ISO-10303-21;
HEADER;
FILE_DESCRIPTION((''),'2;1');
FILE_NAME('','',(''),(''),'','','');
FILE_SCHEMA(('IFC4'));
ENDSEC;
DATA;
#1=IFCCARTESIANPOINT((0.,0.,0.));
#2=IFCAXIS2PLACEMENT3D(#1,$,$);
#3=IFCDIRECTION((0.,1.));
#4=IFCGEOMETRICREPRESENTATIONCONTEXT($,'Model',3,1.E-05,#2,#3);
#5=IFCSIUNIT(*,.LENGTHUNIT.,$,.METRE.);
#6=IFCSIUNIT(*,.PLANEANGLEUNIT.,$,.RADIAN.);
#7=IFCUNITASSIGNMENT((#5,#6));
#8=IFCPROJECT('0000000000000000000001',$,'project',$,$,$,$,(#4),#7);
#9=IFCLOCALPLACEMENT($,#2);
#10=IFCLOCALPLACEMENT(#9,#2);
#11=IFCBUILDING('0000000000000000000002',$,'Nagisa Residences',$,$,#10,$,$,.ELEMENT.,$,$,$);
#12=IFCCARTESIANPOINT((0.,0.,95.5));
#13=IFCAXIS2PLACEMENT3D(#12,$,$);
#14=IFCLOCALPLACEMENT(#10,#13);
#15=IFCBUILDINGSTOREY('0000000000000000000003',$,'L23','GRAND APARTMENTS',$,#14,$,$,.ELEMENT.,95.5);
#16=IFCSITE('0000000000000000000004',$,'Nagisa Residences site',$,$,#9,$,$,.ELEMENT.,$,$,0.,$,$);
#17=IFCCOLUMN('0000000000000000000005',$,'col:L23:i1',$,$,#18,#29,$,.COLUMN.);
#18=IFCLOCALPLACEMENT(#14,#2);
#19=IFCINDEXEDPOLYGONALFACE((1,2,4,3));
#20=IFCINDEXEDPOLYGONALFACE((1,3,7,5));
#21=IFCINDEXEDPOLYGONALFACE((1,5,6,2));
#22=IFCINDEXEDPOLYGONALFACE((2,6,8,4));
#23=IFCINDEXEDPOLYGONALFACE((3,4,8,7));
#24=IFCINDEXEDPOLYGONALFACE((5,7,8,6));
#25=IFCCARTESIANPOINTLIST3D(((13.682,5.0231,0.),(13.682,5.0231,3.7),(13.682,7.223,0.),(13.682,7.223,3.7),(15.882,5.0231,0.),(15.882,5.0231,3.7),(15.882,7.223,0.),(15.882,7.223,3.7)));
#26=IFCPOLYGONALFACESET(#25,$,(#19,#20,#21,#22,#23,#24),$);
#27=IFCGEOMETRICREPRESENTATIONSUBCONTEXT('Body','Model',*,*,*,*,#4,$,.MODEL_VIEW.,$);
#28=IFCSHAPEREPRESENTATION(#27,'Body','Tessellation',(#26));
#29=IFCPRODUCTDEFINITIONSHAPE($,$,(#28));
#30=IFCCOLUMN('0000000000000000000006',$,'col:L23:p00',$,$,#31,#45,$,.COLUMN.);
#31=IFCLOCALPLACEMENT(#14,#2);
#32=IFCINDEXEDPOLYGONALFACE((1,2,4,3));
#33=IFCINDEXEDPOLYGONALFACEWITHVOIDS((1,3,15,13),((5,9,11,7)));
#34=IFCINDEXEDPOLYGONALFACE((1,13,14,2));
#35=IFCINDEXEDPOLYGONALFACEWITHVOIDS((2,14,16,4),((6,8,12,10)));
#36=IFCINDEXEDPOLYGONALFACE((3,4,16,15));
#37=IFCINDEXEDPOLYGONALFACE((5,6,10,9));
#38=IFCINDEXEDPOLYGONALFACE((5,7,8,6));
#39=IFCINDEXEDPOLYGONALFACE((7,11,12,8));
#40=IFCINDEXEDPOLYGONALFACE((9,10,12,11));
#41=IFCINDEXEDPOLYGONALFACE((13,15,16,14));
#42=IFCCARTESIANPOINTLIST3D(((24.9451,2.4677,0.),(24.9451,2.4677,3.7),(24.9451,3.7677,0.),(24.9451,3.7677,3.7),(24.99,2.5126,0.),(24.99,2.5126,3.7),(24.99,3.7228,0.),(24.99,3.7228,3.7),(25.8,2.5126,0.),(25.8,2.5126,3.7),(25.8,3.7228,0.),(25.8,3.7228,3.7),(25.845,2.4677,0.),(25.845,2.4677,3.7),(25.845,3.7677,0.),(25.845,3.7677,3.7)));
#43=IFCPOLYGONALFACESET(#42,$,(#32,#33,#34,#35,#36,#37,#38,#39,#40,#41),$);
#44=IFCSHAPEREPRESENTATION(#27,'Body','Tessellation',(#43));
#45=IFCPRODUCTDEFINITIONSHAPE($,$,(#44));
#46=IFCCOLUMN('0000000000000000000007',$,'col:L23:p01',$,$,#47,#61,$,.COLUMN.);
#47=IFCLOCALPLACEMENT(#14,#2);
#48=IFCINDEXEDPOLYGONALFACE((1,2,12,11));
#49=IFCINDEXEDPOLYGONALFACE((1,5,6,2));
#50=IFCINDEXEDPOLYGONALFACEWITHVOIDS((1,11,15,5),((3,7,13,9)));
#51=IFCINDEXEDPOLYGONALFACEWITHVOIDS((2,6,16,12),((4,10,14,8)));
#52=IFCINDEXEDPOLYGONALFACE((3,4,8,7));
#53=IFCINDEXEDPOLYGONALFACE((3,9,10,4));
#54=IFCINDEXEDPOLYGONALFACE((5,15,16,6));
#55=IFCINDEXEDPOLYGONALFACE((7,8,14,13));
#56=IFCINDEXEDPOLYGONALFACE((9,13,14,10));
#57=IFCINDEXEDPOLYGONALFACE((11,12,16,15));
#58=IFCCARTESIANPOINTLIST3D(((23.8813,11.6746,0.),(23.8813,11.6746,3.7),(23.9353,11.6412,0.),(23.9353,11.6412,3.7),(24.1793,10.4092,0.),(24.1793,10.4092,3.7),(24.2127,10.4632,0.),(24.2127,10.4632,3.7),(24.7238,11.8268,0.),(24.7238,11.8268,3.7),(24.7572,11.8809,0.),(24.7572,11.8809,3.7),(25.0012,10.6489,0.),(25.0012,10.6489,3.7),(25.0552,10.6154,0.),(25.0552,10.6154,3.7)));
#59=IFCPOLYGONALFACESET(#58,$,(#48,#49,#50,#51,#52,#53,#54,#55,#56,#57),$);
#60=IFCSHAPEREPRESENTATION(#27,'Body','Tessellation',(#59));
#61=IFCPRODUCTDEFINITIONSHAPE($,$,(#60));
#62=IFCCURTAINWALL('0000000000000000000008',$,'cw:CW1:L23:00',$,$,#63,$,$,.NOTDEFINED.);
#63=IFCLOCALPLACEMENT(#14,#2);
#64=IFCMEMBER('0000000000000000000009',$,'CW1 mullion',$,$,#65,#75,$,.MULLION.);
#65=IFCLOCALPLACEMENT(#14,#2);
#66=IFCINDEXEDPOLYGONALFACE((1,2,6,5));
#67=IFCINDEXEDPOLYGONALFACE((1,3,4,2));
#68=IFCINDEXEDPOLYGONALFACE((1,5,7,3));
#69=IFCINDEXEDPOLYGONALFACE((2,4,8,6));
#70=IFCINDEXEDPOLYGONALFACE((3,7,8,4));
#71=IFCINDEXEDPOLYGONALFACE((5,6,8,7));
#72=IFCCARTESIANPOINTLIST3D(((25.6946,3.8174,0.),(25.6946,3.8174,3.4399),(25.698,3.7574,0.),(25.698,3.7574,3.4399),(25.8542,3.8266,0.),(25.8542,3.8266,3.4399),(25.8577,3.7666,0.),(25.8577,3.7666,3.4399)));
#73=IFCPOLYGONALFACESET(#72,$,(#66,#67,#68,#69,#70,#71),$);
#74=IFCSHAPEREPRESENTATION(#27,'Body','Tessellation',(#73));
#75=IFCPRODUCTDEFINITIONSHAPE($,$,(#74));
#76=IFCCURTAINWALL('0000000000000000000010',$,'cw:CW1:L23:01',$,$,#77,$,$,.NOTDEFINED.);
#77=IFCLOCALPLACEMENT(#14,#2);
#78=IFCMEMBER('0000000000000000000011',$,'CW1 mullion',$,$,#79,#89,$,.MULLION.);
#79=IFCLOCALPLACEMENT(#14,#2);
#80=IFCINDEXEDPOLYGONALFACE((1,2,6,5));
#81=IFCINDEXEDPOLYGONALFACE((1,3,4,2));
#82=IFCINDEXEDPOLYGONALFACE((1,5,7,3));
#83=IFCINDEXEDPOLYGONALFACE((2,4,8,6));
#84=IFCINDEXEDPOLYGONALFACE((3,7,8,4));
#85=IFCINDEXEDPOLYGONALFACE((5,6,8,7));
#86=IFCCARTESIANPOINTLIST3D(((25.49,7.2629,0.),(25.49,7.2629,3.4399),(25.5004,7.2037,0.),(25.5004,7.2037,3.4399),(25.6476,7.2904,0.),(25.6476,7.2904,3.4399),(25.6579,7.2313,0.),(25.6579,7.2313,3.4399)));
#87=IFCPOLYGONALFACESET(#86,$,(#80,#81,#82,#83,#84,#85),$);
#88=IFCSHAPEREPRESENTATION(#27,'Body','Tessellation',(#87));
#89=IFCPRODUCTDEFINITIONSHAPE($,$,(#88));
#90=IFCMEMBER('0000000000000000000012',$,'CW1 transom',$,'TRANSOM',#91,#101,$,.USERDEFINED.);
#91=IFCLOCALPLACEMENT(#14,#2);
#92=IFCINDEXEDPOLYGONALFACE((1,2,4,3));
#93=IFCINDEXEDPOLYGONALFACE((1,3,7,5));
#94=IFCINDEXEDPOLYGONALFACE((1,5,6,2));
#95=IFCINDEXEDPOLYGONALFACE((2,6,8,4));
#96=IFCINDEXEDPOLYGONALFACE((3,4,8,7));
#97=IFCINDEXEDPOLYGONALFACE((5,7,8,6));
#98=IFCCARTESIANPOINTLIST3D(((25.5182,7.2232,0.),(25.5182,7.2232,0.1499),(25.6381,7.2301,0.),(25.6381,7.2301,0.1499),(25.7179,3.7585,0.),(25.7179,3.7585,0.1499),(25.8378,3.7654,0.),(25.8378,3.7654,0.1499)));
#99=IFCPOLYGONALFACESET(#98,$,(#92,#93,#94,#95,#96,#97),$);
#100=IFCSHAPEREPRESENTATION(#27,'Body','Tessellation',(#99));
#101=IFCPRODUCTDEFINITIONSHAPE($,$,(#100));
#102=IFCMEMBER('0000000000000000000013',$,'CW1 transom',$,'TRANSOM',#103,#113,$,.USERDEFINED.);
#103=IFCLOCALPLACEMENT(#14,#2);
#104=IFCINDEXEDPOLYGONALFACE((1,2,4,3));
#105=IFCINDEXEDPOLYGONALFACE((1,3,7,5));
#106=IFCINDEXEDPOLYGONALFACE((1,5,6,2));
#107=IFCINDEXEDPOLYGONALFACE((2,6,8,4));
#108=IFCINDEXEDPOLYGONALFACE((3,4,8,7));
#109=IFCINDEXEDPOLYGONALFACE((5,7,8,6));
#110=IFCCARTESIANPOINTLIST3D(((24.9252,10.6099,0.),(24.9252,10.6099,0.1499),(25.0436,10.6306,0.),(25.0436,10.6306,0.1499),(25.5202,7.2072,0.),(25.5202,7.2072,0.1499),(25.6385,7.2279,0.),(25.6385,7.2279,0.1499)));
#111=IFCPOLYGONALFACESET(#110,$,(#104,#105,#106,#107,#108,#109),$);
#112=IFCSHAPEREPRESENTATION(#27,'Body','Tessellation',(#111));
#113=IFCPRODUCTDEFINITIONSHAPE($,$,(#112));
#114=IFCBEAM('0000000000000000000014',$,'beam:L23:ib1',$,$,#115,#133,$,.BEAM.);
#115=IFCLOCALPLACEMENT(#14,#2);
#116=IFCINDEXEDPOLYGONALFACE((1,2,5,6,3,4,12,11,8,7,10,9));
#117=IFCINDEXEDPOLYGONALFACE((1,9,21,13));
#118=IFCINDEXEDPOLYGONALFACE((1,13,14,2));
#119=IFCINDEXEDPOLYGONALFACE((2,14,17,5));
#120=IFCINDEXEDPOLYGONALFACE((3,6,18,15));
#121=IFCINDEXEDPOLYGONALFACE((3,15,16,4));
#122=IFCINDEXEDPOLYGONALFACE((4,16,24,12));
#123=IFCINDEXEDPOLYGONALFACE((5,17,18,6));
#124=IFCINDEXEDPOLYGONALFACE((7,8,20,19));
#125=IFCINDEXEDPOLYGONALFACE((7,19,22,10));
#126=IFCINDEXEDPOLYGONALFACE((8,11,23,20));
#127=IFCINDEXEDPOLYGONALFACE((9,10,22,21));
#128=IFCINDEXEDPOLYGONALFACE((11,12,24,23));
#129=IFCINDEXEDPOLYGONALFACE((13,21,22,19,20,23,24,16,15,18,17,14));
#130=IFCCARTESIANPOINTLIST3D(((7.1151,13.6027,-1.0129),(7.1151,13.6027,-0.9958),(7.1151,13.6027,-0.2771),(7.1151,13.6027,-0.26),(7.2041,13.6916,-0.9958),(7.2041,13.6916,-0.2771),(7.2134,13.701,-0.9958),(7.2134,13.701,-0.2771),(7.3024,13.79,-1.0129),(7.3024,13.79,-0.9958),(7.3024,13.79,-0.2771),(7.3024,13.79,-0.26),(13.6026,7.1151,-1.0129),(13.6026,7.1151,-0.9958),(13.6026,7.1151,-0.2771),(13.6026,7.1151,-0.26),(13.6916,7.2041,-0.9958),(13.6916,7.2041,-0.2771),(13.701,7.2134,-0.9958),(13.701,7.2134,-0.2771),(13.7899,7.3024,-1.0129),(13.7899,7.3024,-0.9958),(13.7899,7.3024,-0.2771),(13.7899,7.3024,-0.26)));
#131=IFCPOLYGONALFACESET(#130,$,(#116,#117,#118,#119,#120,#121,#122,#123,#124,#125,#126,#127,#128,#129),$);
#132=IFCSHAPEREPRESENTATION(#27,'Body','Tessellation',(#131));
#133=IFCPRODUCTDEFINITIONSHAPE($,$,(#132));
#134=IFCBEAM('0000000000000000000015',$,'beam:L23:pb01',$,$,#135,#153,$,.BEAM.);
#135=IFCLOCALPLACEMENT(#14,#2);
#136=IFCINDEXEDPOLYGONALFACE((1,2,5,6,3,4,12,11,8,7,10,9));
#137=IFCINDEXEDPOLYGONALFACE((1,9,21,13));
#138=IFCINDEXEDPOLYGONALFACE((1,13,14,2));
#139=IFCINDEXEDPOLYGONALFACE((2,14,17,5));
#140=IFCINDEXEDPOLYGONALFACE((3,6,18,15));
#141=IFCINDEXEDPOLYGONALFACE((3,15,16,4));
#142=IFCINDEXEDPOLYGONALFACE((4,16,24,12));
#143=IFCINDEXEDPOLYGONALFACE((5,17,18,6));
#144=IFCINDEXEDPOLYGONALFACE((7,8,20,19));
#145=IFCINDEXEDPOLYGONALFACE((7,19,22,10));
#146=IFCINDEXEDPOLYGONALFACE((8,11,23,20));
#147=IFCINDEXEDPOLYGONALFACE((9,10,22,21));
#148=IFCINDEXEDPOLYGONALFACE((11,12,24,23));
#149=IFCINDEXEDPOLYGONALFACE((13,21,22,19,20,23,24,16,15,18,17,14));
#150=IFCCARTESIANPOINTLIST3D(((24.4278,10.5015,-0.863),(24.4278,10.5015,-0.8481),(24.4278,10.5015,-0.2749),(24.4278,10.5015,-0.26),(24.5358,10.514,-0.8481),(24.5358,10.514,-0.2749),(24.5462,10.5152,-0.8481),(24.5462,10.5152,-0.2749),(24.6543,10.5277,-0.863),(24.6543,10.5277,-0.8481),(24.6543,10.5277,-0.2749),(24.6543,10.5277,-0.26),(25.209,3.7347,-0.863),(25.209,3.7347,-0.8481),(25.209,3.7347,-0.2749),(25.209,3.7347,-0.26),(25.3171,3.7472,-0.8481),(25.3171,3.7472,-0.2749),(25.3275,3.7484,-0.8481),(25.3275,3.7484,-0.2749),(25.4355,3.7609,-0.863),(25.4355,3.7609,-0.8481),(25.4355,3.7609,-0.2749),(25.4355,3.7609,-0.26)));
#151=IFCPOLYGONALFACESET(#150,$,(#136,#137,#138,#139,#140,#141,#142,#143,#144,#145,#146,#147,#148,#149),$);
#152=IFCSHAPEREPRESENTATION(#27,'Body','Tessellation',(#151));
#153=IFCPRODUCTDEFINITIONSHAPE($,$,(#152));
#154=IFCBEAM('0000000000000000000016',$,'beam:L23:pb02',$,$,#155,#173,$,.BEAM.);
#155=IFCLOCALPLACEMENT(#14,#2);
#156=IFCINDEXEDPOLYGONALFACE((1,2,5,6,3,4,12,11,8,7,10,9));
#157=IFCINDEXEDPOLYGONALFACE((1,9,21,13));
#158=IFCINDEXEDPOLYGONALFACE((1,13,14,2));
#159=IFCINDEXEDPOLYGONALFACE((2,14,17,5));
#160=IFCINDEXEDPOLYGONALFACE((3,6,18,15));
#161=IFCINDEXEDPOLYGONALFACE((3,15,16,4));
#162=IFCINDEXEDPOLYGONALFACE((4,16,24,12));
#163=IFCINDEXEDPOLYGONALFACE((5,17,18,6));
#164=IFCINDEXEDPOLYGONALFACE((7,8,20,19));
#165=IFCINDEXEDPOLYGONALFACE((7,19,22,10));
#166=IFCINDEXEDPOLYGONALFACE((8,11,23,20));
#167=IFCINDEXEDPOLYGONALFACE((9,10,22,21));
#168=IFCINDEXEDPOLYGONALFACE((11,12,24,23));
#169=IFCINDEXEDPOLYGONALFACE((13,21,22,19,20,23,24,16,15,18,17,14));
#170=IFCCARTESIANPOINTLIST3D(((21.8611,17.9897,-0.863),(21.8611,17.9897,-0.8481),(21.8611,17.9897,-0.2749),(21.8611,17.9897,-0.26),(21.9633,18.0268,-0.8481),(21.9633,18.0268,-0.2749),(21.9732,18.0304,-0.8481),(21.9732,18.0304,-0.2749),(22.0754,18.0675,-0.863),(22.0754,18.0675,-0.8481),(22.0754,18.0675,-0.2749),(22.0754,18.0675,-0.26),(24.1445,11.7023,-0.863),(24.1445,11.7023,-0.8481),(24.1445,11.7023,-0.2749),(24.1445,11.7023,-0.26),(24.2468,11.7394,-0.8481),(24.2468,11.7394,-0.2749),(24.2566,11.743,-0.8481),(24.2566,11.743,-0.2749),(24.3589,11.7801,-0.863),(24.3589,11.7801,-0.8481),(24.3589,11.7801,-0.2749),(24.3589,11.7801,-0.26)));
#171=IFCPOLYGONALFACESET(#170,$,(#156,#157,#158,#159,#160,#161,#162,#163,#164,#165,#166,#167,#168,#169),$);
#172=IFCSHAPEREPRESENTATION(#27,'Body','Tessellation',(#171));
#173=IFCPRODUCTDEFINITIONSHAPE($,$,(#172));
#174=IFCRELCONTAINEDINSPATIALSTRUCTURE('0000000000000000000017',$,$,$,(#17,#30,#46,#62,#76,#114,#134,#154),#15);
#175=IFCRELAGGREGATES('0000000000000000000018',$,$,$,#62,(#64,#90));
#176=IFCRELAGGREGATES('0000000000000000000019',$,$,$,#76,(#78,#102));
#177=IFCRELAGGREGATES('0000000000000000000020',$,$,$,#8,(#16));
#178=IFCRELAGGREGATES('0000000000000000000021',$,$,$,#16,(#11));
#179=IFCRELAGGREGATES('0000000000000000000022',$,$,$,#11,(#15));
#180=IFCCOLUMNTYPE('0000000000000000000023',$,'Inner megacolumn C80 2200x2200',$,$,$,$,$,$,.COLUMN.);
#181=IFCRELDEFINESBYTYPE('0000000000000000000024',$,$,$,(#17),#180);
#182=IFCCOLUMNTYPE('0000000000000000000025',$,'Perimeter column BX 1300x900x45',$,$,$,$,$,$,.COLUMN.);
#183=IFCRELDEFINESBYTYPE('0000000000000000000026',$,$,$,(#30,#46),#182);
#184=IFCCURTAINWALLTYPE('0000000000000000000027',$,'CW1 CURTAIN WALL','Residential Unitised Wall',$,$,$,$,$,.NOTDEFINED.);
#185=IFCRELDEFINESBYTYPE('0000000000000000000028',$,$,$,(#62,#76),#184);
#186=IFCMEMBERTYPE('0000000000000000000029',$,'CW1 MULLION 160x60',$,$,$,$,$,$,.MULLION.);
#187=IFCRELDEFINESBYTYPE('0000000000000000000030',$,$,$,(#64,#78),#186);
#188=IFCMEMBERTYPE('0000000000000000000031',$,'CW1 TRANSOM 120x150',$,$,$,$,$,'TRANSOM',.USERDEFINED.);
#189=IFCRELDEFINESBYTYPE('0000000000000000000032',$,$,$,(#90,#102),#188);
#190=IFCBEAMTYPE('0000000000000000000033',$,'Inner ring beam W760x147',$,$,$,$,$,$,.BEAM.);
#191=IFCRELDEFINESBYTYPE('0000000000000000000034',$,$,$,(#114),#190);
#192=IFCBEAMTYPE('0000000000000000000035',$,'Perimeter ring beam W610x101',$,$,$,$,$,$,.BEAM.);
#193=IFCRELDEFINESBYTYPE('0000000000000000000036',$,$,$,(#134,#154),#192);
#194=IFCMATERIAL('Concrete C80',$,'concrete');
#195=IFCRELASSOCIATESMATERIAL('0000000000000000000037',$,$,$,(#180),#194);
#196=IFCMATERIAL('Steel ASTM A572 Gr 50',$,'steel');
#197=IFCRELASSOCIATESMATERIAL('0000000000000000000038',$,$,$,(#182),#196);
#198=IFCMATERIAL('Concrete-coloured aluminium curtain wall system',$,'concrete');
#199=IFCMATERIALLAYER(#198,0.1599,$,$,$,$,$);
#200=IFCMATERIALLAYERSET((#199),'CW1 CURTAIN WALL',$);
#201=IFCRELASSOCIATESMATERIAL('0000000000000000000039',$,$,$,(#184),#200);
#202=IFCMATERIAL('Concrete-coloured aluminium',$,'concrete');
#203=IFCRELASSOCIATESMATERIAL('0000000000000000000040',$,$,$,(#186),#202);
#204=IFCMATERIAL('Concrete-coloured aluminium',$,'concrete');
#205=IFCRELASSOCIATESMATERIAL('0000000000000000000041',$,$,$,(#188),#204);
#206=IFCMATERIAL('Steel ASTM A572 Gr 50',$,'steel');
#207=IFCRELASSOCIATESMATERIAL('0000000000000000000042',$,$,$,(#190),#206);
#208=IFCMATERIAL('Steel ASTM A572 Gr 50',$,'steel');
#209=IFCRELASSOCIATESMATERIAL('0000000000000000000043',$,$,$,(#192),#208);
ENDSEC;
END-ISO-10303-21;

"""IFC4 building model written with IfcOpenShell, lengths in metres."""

from ifc_helpers import new_model, si_unit, direction, frame, origin, origin_2d, place, context, subcontext, project, spatial, rectangle, hollow_rectangle, i_section, extrude, material, layer, layer_set, material_profile, profile_set, type_object, element, aggregate, save


model = new_model("IFC4")

# Units and contexts
model_context = context("Model", 3, precision=1e-05, world=origin(), true_north=direction((0.0, 1.0)))
body_context = subcontext(model_context, "Body", "Model", "MODEL_VIEW")
ifc_project = project(units=[si_unit("LENGTHUNIT", "METRE"), si_unit("PLANEANGLEUNIT", "RADIAN")], contexts=[model_context])

# Site, building, storey
site_placement = place(None, origin())
site = spatial("IfcSite", under=ifc_project, at=site_placement, Name="Nagisa Residences site", CompositionType="ELEMENT", RefElevation=0.0)
building_placement = place(site_placement, origin())
building = spatial("IfcBuilding", under=site, at=building_placement, Name="Nagisa Residences", CompositionType="ELEMENT")
storey_placement = place(building_placement, frame((0.0, 0.0, 95.5)))
storey = spatial("IfcBuildingStorey", under=building, at=storey_placement, Name="L23", Description="GRAND APARTMENTS", CompositionType="ELEMENT", Elevation=95.5)

# Columns
ifc_material_1 = material(Name="Concrete C80", Category="concrete")
ifc_material_profile_1 = material_profile(ifc_material_1, rectangle(XDim=2.2, YDim=2.2, at=origin_2d()), Name="C80 2200x2200")
ifc_profile_set_1 = profile_set([ifc_material_profile_1], Name="Concrete C80")
column_type_1 = type_object("IfcColumnType", Name="Inner megacolumn C80 2200x2200", PredefinedType="COLUMN", material=ifc_profile_set_1)
column_placement = place(storey_placement, frame((14.782, 6.123, 0.0), z_axis=(0.0, 0.0, 1.0), x_axis=(1.0, 0.0, 0.0)))
element("IfcColumn", 1, at=column_placement, inside=storey, type_object=column_type_1, Name="col:L23:i1", PredefinedType="COLUMN", context=body_context, shape_type="SweptSolid", body=[
    extrude(rectangle(XDim=2.2, YDim=2.2, at=origin_2d()), origin(), (0.0, 0.0, 1.0), 3.7),
])
ifc_material_2 = material(Name="Steel ASTM A572 Gr 50", Category="steel")
ifc_material_profile_2 = material_profile(ifc_material_2, hollow_rectangle(XDim=1.3, YDim=0.8999, WallThickness=0.0449, at=origin_2d()), Name="BX 1300x900x45")
ifc_profile_set_2 = profile_set([ifc_material_profile_2], Name="Steel ASTM A572 Gr 50")
column_type_2 = type_object("IfcColumnType", Name="Perimeter column BX 1300x900x45", PredefinedType="COLUMN", material=ifc_profile_set_2)
for number, where, z_axis, x_axis, name in (
    (2, (25.395, 3.1177, 0.0), (0.0, 0.0, 1.0), (0.0, 1.0, 0.0), "col:L23:p00"),
    (3, (24.4683, 11.145, 0.0), (0.0, 0.0, 1.0), (-0.229202, 0.973379, 0.0), "col:L23:p01"),
):
    element("IfcColumn", number, at=place(storey_placement, frame(where, z_axis=z_axis, x_axis=x_axis)), inside=storey, type_object=column_type_2, Name=name, PredefinedType="COLUMN", context=body_context, shape_type="SweptSolid", body=[
        extrude(hollow_rectangle(XDim=1.3, YDim=0.8999, WallThickness=0.0449, at=origin_2d()), origin(), (0.0, 0.0, 1.0), 3.7),
    ])

# Curtain walls, members
ifc_material_3 = material(Name="Concrete-coloured aluminium curtain wall system", Category="concrete")
ifc_layer_1 = layer(ifc_material_3, 0.1599)
ifc_layer_set_1 = layer_set([ifc_layer_1], Name="CW1 CURTAIN WALL")
curtain_wall_type = type_object("IfcCurtainWallType", Name="CW1 CURTAIN WALL", Description="Residential Unitised Wall", PredefinedType="NOTDEFINED", material=ifc_layer_set_1)
curtain_wall_1_placement = place(storey_placement, origin())
curtain_wall_1 = element("IfcCurtainWall", 4, at=curtain_wall_1_placement, inside=storey, type_object=curtain_wall_type, Name="cw:CW1:L23:00", PredefinedType="NOTDEFINED")
ifc_material_4 = material(Name="Concrete-coloured aluminium", Category="concrete")
ifc_material_profile_3 = material_profile(ifc_material_4, rectangle(XDim=0.1599, YDim=0.0601, at=origin_2d()), Name="CW1 MULLION 160x60")
ifc_profile_set_3 = profile_set([ifc_material_profile_3], Name="Concrete-coloured aluminium")
member_type_1 = type_object("IfcMemberType", Name="CW1 MULLION 160x60", PredefinedType="MULLION", material=ifc_profile_set_3)
member_1_placement = place(storey_placement, frame((25.7761, 3.792, 0.0), z_axis=(0.0, 0.0, 1.0), x_axis=(-0.998345, -0.057503, 0.0)))
member_1 = element("IfcMember", 5, at=member_1_placement, type_object=member_type_1, Name="CW1 mullion", PredefinedType="MULLION", context=body_context, shape_type="SweptSolid", body=[
    extrude(rectangle(XDim=0.1599, YDim=0.0601, at=origin_2d()), origin(), (0.0, 0.0, 1.0), 3.4399),
])
curtain_wall_2_placement = place(storey_placement, origin())
curtain_wall_2 = element("IfcCurtainWall", 6, at=curtain_wall_2_placement, inside=storey, type_object=curtain_wall_type, Name="cw:CW1:L23:01", PredefinedType="NOTDEFINED")
member_2_placement = place(storey_placement, frame((25.574, 7.2471, 0.0), z_axis=(0.0, 0.0, 1.0), x_axis=(-0.985064, -0.172191, 0.0)))
member_2 = element("IfcMember", 7, at=member_2_placement, type_object=member_type_1, Name="CW1 mullion", PredefinedType="MULLION", context=body_context, shape_type="SweptSolid", body=[
    extrude(rectangle(XDim=0.1599, YDim=0.0601, at=origin_2d()), origin(), (0.0, 0.0, 1.0), 3.4399),
])

# Members
ifc_material_5 = material(Name="Concrete-coloured aluminium", Category="concrete")
ifc_material_profile_4 = material_profile(ifc_material_5, rectangle(XDim=0.1201, YDim=0.1499, at=origin_2d()), Name="CW1 TRANSOM 120x150")
ifc_profile_set_4 = profile_set([ifc_material_profile_4], Name="Concrete-coloured aluminium")
member_type_2 = type_object("IfcMemberType", Name="CW1 TRANSOM 120x150", ElementType="TRANSOM", PredefinedType="USERDEFINED", material=ifc_profile_set_4)
member_3_placement = place(storey_placement, frame((25.7778, 3.762, 0.075), z_axis=(-0.057547, 0.998343, 0.0), x_axis=(-0.998343, -0.057547, 0.0)))
member_3 = element("IfcMember", 8, at=member_3_placement, type_object=member_type_2, Name="CW1 transom", ObjectType="TRANSOM", PredefinedType="USERDEFINED", context=body_context, shape_type="SweptSolid", body=[
    extrude(rectangle(XDim=0.1201, YDim=0.1499, at=origin_2d()), origin(), (0.0, 0.0, 1.0), 3.4705),
])
member_4_placement = place(storey_placement, frame((25.5793, 7.2175, 0.075), z_axis=(-0.172233, 0.985056, 0.0), x_axis=(-0.985056, -0.172233, 0.0)))
member_4 = element("IfcMember", 9, at=member_4_placement, type_object=member_type_2, Name="CW1 transom", ObjectType="TRANSOM", PredefinedType="USERDEFINED", context=body_context, shape_type="SweptSolid", body=[
    extrude(rectangle(XDim=0.1201, YDim=0.1499, at=origin_2d()), origin(), (0.0, 0.0, 1.0), 3.4543),
])

# Beams
ifc_material_6 = material(Name="Steel ASTM A572 Gr 50", Category="steel")
ifc_material_profile_5 = material_profile(ifc_material_6, i_section(OverallWidth=0.2649, OverallDepth=0.7529, WebThickness=0.0132, FlangeThickness=0.0171, at=origin_2d()), Name="W760x147")
ifc_profile_set_5 = profile_set([ifc_material_profile_5], Name="Steel ASTM A572 Gr 50")
beam_type_1 = type_object("IfcBeamType", Name="Inner ring beam W760x147", PredefinedType="BEAM", material=ifc_profile_set_5)
beam_1_placement = place(storey_placement, frame((13.6963, 7.2087, -0.6365), z_axis=(-0.707107, 0.707107, 0.0), x_axis=(-0.707107, -0.707107, 0.0)))
element("IfcBeam", 10, at=beam_1_placement, inside=storey, type_object=beam_type_1, Name="beam:L23:ib1", PredefinedType="BEAM", context=body_context, shape_type="SweptSolid", body=[
    extrude(i_section(OverallWidth=0.2649, OverallDepth=0.7529, WebThickness=0.0132, FlangeThickness=0.0171, at=origin_2d()), origin(), (0.0, 0.0, 1.0), 9.1748),
])
ifc_material_7 = material(Name="Steel ASTM A572 Gr 50", Category="steel")
ifc_material_profile_6 = material_profile(ifc_material_7, i_section(OverallWidth=0.228, OverallDepth=0.603, WebThickness=0.0105, FlangeThickness=0.0149, at=origin_2d()), Name="W610x101")
ifc_profile_set_6 = profile_set([ifc_material_profile_6], Name="Steel ASTM A572 Gr 50")
beam_type_2 = type_object("IfcBeamType", Name="Perimeter ring beam W610x101", PredefinedType="BEAM", material=ifc_profile_set_6)
beam_2_placement = place(storey_placement, frame((25.3223, 3.7478, -0.5615), z_axis=(-0.114691, 0.993401, 0.0), x_axis=(-0.993401, -0.114691, 0.0)))
element("IfcBeam", 11, at=beam_2_placement, inside=storey, type_object=beam_type_2, Name="beam:L23:pb01", PredefinedType="BEAM", context=body_context, shape_type="SweptSolid", body=[
    extrude(i_section(OverallWidth=0.228, OverallDepth=0.603, WebThickness=0.0105, FlangeThickness=0.0149, at=origin_2d()), origin(), (0.0, 0.0, 1.0), 6.8118),
])
beam_3_placement = place(storey_placement, frame((24.2517, 11.7412, -0.5615), z_axis=(-0.341365, 0.939931, 0.0), x_axis=(-0.939931, -0.341365, 0.0)))
element("IfcBeam", 12, at=beam_3_placement, inside=storey, type_object=beam_type_2, Name="beam:L23:pb02", PredefinedType="BEAM", context=body_context, shape_type="SweptSolid", body=[
    extrude(i_section(OverallWidth=0.228, OverallDepth=0.603, WebThickness=0.0105, FlangeThickness=0.0149, at=origin_2d()), origin(), (0.0, 0.0, 1.0), 6.6892),
])

aggregate(curtain_wall_1, [member_1, member_3])
aggregate(curtain_wall_2, [member_2, member_4])

save(model, "model.ifc")
